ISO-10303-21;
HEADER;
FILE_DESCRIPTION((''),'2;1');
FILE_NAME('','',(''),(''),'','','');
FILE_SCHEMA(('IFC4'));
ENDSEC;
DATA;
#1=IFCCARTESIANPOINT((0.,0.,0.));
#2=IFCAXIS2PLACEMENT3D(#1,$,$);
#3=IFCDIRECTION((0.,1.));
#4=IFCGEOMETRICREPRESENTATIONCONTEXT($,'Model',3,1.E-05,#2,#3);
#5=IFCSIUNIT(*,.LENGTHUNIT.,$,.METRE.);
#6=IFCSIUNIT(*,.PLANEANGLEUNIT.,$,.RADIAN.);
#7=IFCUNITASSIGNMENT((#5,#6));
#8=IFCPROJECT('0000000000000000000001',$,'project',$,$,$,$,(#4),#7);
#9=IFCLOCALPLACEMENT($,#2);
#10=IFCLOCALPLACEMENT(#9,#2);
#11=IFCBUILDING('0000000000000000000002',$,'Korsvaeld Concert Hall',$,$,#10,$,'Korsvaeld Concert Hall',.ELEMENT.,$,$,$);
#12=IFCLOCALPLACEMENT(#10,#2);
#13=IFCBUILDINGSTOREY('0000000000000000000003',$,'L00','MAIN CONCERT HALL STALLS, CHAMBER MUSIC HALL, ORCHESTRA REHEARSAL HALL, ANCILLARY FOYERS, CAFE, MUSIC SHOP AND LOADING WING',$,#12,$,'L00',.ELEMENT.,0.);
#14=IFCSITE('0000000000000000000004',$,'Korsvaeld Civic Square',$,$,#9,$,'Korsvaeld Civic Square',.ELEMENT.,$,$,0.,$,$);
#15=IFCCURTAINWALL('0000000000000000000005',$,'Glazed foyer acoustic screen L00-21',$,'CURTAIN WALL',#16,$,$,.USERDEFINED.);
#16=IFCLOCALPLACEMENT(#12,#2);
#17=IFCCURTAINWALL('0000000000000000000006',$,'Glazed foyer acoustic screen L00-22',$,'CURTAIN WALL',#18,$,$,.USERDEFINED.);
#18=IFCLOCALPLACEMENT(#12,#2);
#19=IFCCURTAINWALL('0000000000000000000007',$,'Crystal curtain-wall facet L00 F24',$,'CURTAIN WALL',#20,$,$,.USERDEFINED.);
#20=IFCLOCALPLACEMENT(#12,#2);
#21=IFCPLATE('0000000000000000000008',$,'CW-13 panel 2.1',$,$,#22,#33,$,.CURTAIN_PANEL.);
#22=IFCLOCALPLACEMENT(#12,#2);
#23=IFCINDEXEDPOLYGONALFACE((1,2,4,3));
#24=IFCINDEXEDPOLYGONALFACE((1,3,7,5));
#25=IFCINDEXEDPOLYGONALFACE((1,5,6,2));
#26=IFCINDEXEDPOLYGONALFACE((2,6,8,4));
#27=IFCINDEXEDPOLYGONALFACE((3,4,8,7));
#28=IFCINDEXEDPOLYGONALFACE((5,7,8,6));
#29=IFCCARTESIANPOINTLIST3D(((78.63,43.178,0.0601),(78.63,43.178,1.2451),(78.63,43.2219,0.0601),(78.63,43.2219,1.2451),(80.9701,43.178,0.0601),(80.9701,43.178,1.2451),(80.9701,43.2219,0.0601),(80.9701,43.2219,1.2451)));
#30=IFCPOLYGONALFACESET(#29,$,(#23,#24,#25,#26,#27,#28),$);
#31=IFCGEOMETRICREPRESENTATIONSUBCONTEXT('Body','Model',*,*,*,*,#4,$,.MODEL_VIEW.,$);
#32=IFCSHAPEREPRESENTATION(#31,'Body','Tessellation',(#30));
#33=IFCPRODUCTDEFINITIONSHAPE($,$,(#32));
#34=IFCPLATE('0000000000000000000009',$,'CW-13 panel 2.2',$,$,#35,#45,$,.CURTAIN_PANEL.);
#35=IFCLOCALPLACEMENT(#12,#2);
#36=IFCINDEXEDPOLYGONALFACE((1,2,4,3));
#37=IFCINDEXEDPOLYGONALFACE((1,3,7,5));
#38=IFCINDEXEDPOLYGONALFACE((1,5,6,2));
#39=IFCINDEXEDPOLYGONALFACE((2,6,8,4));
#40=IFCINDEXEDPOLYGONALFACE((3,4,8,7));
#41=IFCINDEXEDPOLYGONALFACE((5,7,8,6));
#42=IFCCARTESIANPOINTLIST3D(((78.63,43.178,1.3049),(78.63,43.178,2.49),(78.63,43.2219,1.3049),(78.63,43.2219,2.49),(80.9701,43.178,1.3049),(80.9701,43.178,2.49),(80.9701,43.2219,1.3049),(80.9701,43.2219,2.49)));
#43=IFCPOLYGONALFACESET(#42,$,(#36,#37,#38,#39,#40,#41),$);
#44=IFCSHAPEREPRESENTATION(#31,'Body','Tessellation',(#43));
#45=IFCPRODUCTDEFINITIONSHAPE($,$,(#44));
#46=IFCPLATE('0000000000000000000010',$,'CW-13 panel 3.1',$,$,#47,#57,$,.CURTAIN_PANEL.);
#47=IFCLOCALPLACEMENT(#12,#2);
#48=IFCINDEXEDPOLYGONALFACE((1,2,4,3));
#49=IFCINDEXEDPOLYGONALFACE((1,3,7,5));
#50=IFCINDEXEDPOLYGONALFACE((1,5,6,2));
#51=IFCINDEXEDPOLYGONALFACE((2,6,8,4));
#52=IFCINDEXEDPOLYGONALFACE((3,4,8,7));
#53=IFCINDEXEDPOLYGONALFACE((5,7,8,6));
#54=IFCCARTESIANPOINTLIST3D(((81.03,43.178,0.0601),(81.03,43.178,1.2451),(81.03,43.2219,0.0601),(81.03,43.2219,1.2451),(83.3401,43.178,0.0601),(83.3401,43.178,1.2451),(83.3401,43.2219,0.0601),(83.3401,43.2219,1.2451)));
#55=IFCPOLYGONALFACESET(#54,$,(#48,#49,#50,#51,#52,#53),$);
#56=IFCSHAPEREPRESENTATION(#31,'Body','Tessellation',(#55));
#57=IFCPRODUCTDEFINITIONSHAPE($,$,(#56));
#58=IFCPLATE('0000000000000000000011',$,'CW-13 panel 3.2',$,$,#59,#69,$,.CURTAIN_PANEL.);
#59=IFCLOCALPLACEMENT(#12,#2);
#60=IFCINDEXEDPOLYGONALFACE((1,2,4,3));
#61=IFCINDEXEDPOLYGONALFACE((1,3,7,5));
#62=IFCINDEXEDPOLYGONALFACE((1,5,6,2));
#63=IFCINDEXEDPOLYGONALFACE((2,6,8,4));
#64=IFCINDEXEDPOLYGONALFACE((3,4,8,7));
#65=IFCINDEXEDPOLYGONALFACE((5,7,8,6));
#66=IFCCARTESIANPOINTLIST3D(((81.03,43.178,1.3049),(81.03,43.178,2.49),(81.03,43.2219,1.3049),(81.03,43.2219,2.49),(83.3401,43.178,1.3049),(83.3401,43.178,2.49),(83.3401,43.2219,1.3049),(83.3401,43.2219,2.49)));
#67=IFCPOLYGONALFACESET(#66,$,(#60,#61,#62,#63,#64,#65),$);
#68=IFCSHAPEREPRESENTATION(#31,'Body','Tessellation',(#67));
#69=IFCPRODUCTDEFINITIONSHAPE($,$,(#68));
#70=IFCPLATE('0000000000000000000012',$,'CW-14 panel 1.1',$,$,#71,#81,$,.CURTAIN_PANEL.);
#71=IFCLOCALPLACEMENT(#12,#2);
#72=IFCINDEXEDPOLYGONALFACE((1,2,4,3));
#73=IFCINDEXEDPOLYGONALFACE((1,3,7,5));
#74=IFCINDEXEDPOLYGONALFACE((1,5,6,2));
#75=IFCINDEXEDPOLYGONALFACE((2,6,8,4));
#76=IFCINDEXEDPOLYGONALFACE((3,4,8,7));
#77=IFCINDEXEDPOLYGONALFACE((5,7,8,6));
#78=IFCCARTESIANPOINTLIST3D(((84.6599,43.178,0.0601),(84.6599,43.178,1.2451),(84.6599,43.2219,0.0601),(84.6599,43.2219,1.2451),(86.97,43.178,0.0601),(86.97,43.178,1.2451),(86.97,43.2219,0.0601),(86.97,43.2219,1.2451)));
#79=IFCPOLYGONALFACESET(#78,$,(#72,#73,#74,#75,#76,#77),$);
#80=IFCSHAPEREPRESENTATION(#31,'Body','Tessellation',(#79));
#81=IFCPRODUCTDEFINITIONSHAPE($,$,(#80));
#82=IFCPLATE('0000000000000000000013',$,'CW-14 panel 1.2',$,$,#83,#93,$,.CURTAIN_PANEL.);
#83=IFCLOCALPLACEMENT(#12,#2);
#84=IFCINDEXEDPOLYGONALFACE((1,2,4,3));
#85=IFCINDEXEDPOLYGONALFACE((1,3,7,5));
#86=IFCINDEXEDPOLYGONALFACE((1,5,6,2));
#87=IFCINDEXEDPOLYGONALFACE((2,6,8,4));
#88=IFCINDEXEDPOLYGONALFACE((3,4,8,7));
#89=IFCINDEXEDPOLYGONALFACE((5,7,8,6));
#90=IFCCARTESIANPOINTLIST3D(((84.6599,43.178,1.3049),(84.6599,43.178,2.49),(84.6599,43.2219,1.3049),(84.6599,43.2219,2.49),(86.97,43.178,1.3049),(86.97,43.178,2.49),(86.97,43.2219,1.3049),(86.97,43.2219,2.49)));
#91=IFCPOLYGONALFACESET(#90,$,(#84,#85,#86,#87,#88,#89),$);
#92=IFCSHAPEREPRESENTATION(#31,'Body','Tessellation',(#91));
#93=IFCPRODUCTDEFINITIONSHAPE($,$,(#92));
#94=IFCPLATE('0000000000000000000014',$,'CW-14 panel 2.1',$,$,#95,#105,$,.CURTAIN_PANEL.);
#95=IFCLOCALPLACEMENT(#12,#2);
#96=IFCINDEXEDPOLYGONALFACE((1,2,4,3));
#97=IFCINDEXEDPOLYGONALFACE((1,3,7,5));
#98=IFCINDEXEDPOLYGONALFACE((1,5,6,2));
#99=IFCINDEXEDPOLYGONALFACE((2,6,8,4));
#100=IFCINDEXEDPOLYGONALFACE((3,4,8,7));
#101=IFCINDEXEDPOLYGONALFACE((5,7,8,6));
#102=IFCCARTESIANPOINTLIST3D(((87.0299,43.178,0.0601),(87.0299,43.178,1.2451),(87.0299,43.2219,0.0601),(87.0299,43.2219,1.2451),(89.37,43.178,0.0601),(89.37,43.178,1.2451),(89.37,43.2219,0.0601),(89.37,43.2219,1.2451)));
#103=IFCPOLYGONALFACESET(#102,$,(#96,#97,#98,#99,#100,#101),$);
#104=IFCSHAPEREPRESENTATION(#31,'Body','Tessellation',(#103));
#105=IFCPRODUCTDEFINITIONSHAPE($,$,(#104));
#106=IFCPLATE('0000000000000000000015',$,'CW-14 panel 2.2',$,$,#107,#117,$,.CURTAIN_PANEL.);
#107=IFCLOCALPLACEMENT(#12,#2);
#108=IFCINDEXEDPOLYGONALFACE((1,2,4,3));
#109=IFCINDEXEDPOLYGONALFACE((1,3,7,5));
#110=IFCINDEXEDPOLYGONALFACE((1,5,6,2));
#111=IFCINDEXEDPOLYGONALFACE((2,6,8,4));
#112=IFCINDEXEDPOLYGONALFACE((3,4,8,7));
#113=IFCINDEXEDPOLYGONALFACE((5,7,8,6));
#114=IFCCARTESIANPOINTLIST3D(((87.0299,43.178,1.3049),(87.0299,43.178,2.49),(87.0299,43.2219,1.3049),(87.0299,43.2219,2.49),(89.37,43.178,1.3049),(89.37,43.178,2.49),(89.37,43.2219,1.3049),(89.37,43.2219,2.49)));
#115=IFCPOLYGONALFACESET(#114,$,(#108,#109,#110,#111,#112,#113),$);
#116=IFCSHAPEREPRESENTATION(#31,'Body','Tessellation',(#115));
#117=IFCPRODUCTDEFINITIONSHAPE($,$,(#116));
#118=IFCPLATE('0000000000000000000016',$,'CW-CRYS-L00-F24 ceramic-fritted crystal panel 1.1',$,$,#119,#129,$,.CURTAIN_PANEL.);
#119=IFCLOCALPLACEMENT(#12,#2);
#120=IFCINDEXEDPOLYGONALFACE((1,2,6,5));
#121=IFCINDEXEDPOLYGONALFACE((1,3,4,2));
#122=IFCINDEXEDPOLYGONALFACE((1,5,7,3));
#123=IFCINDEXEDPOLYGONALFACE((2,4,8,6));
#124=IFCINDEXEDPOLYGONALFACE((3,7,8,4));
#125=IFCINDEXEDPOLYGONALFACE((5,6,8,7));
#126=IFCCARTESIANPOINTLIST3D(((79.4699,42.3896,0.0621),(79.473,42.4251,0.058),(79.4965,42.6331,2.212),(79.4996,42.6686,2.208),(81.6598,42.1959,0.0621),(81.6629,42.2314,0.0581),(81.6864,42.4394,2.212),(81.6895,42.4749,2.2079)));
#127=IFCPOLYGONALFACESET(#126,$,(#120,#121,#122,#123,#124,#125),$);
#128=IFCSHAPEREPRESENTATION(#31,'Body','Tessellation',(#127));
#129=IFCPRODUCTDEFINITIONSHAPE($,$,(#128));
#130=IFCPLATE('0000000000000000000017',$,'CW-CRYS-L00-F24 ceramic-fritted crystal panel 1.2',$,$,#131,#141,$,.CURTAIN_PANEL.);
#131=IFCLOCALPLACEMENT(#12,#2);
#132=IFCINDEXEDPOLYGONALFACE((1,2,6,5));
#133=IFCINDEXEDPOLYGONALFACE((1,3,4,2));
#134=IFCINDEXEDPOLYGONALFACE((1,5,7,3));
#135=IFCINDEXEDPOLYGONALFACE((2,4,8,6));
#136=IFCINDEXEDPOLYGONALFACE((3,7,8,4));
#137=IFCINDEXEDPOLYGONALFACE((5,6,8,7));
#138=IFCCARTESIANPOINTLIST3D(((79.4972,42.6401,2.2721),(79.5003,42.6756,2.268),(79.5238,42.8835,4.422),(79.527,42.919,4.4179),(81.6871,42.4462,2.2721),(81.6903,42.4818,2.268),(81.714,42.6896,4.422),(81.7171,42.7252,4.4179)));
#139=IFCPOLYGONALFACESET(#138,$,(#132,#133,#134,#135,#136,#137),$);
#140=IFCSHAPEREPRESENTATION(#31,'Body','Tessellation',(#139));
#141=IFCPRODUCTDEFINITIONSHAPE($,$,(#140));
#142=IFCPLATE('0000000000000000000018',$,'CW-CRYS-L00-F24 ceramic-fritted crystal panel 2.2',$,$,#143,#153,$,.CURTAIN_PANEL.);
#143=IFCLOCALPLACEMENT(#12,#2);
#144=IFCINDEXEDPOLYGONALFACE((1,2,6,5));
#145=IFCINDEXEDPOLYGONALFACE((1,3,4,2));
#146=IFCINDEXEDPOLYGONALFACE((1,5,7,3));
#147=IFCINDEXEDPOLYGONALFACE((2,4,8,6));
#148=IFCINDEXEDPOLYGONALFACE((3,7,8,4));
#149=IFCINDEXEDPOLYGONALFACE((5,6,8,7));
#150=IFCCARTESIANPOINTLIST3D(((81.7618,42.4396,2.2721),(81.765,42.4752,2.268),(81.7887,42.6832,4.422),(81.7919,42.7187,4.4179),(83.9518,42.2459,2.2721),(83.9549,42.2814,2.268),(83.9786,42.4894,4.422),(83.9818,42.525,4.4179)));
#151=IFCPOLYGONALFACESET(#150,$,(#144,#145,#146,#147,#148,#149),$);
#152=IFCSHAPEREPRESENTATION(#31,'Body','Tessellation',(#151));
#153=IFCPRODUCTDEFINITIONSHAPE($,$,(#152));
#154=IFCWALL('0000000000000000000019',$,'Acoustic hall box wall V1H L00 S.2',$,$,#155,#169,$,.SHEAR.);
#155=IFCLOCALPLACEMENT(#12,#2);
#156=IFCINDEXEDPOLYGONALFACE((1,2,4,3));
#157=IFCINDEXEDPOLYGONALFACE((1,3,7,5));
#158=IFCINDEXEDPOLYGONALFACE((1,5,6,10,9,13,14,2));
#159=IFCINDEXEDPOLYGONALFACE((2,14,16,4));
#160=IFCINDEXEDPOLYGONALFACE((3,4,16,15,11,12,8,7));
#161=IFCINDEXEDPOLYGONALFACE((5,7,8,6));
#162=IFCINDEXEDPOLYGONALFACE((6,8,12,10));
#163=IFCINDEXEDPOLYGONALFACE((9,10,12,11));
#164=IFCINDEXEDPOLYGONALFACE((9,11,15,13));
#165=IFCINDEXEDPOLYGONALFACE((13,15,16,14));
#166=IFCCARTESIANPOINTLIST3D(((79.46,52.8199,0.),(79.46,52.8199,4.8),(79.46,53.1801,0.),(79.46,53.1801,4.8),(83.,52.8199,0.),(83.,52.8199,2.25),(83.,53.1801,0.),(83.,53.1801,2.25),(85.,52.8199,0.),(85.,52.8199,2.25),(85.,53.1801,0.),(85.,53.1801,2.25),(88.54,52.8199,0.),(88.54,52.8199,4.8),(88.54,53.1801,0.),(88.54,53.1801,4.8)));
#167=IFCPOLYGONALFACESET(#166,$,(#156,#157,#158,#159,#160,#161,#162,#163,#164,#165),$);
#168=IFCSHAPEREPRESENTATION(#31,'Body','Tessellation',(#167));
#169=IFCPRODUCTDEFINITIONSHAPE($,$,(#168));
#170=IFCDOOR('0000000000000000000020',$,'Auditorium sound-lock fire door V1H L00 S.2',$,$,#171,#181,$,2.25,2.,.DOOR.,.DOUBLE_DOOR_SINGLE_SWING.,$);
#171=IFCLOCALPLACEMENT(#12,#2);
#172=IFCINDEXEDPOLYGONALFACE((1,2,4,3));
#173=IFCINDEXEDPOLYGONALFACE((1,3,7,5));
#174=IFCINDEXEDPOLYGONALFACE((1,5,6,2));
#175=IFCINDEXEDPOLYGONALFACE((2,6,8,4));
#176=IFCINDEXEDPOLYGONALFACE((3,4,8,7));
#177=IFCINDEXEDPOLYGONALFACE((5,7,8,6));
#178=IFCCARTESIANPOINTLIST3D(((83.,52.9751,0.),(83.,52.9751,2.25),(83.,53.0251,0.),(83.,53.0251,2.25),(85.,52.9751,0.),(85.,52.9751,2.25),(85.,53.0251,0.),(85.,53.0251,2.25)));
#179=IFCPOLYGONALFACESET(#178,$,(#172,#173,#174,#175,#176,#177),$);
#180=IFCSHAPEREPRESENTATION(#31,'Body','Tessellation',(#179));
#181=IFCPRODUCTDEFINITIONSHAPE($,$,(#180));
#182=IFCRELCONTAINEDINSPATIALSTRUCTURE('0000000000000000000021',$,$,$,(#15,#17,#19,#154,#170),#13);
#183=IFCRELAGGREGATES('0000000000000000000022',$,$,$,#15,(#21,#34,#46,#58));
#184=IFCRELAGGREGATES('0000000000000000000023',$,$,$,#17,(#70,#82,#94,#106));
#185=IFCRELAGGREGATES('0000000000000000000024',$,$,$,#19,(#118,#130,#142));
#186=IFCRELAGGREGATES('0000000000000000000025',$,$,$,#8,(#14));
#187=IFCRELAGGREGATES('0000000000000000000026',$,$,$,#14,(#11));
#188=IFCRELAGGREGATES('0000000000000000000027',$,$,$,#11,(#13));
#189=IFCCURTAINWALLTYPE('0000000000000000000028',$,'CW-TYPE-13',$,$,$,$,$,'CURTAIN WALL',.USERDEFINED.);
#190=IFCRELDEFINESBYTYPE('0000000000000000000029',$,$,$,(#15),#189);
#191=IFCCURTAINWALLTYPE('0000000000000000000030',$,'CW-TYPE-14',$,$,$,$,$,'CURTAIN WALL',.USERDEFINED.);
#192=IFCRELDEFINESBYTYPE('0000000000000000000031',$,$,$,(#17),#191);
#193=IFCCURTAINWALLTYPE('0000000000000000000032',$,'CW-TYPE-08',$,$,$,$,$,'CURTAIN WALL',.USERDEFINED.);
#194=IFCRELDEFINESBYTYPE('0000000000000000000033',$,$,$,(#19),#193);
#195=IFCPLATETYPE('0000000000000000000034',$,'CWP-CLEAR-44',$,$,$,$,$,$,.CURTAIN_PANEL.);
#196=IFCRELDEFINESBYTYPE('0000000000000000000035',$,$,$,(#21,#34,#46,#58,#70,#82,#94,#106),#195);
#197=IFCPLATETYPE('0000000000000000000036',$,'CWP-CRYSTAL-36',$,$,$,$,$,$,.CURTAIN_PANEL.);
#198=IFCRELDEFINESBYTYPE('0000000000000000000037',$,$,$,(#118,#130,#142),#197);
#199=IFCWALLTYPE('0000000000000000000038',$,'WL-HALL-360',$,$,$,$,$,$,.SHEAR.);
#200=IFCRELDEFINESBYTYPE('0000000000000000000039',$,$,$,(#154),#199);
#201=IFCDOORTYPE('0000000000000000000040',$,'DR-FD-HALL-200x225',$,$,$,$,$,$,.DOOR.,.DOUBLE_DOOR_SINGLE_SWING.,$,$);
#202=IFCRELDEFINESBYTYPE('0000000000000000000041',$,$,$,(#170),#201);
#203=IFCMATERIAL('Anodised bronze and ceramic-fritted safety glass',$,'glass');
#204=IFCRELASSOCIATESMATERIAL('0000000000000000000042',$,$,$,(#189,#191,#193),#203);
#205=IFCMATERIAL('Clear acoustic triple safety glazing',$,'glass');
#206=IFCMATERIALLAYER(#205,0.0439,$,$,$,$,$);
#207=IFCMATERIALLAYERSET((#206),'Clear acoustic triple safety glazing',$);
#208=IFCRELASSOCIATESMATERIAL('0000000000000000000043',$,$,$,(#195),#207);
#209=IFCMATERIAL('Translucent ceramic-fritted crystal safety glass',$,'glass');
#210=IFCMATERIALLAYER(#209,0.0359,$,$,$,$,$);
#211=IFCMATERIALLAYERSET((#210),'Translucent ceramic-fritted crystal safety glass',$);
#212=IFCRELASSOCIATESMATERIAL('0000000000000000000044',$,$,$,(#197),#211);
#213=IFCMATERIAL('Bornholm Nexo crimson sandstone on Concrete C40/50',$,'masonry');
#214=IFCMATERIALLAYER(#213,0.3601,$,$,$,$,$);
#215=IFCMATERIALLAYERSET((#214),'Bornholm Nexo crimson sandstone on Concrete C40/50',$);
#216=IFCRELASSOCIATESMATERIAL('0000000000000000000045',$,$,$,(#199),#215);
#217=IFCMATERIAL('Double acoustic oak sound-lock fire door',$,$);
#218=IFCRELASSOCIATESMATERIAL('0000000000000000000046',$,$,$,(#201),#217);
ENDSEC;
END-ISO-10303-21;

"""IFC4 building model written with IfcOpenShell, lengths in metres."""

from ifc_helpers import new_model, si_unit, direction, frame, frame_2d, origin, origin_2d, place, context, subcontext, project, spatial, polyline, rectangle, outline, extrude, material, layer, layer_set, type_object, element, fill, aggregate, save


model = new_model("IFC4")

# Units and contexts
model_context = context("Model", 3, precision=1e-05, world=origin(), true_north=direction((0.0, 1.0)))
body_context = subcontext(model_context, "Body", "Model", "MODEL_VIEW")
ifc_project = project(units=[si_unit("LENGTHUNIT", "METRE"), si_unit("PLANEANGLEUNIT", "RADIAN")], contexts=[model_context])

# Site, building, storey
site_placement = place(None, origin())
site = spatial("IfcSite", under=ifc_project, at=site_placement, Name="Korsvaeld Civic Square", LongName="Korsvaeld Civic Square", CompositionType="ELEMENT", RefElevation=0.0)
building_placement = place(site_placement, origin())
building = spatial("IfcBuilding", under=site, at=building_placement, Name="Korsvaeld Concert Hall", LongName="Korsvaeld Concert Hall", CompositionType="ELEMENT")
storey_placement = place(building_placement, origin())
storey = spatial("IfcBuildingStorey", under=building, at=storey_placement, Name="L00", Description="MAIN CONCERT HALL STALLS, CHAMBER MUSIC HALL, ORCHESTRA REHEARSAL HALL, ANCILLARY FOYERS, CAFE, MUSIC SHOP AND LOADING WING", LongName="L00", CompositionType="ELEMENT", Elevation=0.0)

# Curtain walls
ifc_material_1 = material(Name="Anodised bronze and ceramic-fritted safety glass", Category="glass")
curtain_wall_type_1 = type_object("IfcCurtainWallType", Name="CW-TYPE-13", ElementType="CURTAIN WALL", PredefinedType="USERDEFINED", material=ifc_material_1)
curtain_wall_1_placement = place(storey_placement, origin())
curtain_wall_1 = element("IfcCurtainWall", 1, at=curtain_wall_1_placement, inside=storey, type_object=curtain_wall_type_1, Name="Glazed foyer acoustic screen L00-21", ObjectType="CURTAIN WALL", PredefinedType="USERDEFINED")
curtain_wall_type_2 = type_object("IfcCurtainWallType", Name="CW-TYPE-14", ElementType="CURTAIN WALL", PredefinedType="USERDEFINED", material=ifc_material_1)
curtain_wall_2_placement = place(storey_placement, origin())
curtain_wall_2 = element("IfcCurtainWall", 2, at=curtain_wall_2_placement, inside=storey, type_object=curtain_wall_type_2, Name="Glazed foyer acoustic screen L00-22", ObjectType="CURTAIN WALL", PredefinedType="USERDEFINED")

# Curtain wall
curtain_wall_type_3 = type_object("IfcCurtainWallType", Name="CW-TYPE-08", ElementType="CURTAIN WALL", PredefinedType="USERDEFINED", material=ifc_material_1)
curtain_wall_3_placement = place(storey_placement, origin())
curtain_wall_3 = element("IfcCurtainWall", 3, at=curtain_wall_3_placement, inside=storey, type_object=curtain_wall_type_3, Name="Crystal curtain-wall facet L00 F24", ObjectType="CURTAIN WALL", PredefinedType="USERDEFINED")

# Plates
ifc_material_2 = material(Name="Clear acoustic triple safety glazing", Category="glass")
ifc_layer_1 = layer(ifc_material_2, 0.0439)
ifc_layer_set_1 = layer_set([ifc_layer_1], Name="Clear acoustic triple safety glazing")
plate_type_1 = type_object("IfcPlateType", Name="CWP-CLEAR-44", PredefinedType="CURTAIN_PANEL", material=ifc_layer_set_1)
plate_1_placement = place(storey_placement, frame((79.8, 43.2, 0.0601), z_axis=(0.0, 0.0, 1.0), x_axis=(1.0, 0.0, 0.0)))
plate_1 = element("IfcPlate", 4, at=plate_1_placement, type_object=plate_type_1, Name="CW-13 panel 2.1", PredefinedType="CURTAIN_PANEL", context=body_context, shape_type="SweptSolid", body=[
    extrude(rectangle(XDim=2.3401, YDim=0.0439, at=origin_2d()), origin(), (0.0, 0.0, 1.0), 1.1851),
])
plate_2_placement = place(storey_placement, frame((79.8, 43.2, 1.3049), z_axis=(0.0, 0.0, 1.0), x_axis=(1.0, 0.0, 0.0)))
plate_2 = element("IfcPlate", 5, at=plate_2_placement, type_object=plate_type_1, Name="CW-13 panel 2.2", PredefinedType="CURTAIN_PANEL", context=body_context, shape_type="SweptSolid", body=[
    extrude(rectangle(XDim=2.3401, YDim=0.0439, at=origin_2d()), origin(), (0.0, 0.0, 1.0), 1.1851),
])
plate_3_placement = place(storey_placement, frame((82.1851, 43.2, 0.0601), z_axis=(0.0, 0.0, 1.0), x_axis=(1.0, 0.0, 0.0)))
plate_3 = element("IfcPlate", 6, at=plate_3_placement, type_object=plate_type_1, Name="CW-13 panel 3.1", PredefinedType="CURTAIN_PANEL", context=body_context, shape_type="SweptSolid", body=[
    extrude(rectangle(XDim=2.3101, YDim=0.0439, at=origin_2d()), origin(), (0.0, 0.0, 1.0), 1.1851),
])
plate_4_placement = place(storey_placement, frame((82.1851, 43.2, 1.3049), z_axis=(0.0, 0.0, 1.0), x_axis=(1.0, 0.0, 0.0)))
plate_4 = element("IfcPlate", 7, at=plate_4_placement, type_object=plate_type_1, Name="CW-13 panel 3.2", PredefinedType="CURTAIN_PANEL", context=body_context, shape_type="SweptSolid", body=[
    extrude(rectangle(XDim=2.3101, YDim=0.0439, at=origin_2d()), origin(), (0.0, 0.0, 1.0), 1.1851),
])
aggregate(curtain_wall_1, [plate_1, plate_2, plate_3, plate_4])
plate_5_placement = place(storey_placement, frame((85.8149, 43.2, 0.0601), z_axis=(0.0, 0.0, 1.0), x_axis=(1.0, 0.0, 0.0)))
plate_5 = element("IfcPlate", 8, at=plate_5_placement, type_object=plate_type_1, Name="CW-14 panel 1.1", PredefinedType="CURTAIN_PANEL", context=body_context, shape_type="SweptSolid", body=[
    extrude(rectangle(XDim=2.3101, YDim=0.0439, at=origin_2d()), origin(), (0.0, 0.0, 1.0), 1.1851),
])
plate_6_placement = place(storey_placement, frame((85.8149, 43.2, 1.3049), z_axis=(0.0, 0.0, 1.0), x_axis=(1.0, 0.0, 0.0)))
plate_6 = element("IfcPlate", 9, at=plate_6_placement, type_object=plate_type_1, Name="CW-14 panel 1.2", PredefinedType="CURTAIN_PANEL", context=body_context, shape_type="SweptSolid", body=[
    extrude(rectangle(XDim=2.3101, YDim=0.0439, at=origin_2d()), origin(), (0.0, 0.0, 1.0), 1.1851),
])
plate_7_placement = place(storey_placement, frame((88.2, 43.2, 0.0601), z_axis=(0.0, 0.0, 1.0), x_axis=(1.0, 0.0, 0.0)))
plate_7 = element("IfcPlate", 10, at=plate_7_placement, type_object=plate_type_1, Name="CW-14 panel 2.1", PredefinedType="CURTAIN_PANEL", context=body_context, shape_type="SweptSolid", body=[
    extrude(rectangle(XDim=2.3401, YDim=0.0439, at=origin_2d()), origin(), (0.0, 0.0, 1.0), 1.1851),
])
plate_8_placement = place(storey_placement, frame((88.2, 43.2, 1.3049), z_axis=(0.0, 0.0, 1.0), x_axis=(1.0, 0.0, 0.0)))
plate_8 = element("IfcPlate", 11, at=plate_8_placement, type_object=plate_type_1, Name="CW-14 panel 2.2", PredefinedType="CURTAIN_PANEL", context=body_context, shape_type="SweptSolid", body=[
    extrude(rectangle(XDim=2.3401, YDim=0.0439, at=origin_2d()), origin(), (0.0, 0.0, 1.0), 1.1851),
])
aggregate(curtain_wall_2, [plate_5, plate_6, plate_7, plate_8])
ifc_material_3 = material(Name="Translucent ceramic-fritted crystal safety glass", Category="glass")
ifc_layer_2 = layer(ifc_material_3, 0.0359)
ifc_layer_set_2 = layer_set([ifc_layer_2], Name="Translucent ceramic-fritted crystal safety glass")
plate_type_2 = type_object("IfcPlateType", Name="CWP-CRYSTAL-36", PredefinedType="CURTAIN_PANEL", material=ifc_layer_set_2)
plate_9_placement = place(storey_placement, frame((79.4714, 42.4075, 0.0601), z_axis=(-0.087551, -0.989708, 0.113193), x_axis=(0.99611, -0.088117, 0.000006)))
plate_9 = element("IfcPlate", 12, at=plate_9_placement, type_object=plate_type_2, Name="CW-CRYS-L00-F24 ceramic-fritted crystal panel 1.1", PredefinedType="CURTAIN_PANEL", context=body_context, shape_type="SweptSolid", body=[
    extrude(outline(polyline([(0.0, 0.0), (2.1985, 0.0), (2.2036, 2.1638), (0.0051, 2.1638), (0.0, 0.0)])), frame((0.0, 0.0, 0.0181)), (0.0, 0.0, -1.0), 0.0359),
])
plate_10_placement = place(storey_placement, frame((79.4988, 42.658, 2.27), z_axis=(-0.087602, -0.989709, 0.113142), x_axis=(0.996106, -0.088168, -0.000001)))
plate_10 = element("IfcPlate", 13, at=plate_10_placement, type_object=plate_type_2, Name="CW-CRYS-L00-F24 ceramic-fritted crystal panel 1.2", PredefinedType="CURTAIN_PANEL", context=body_context, shape_type="SweptSolid", body=[
    extrude(outline(polyline([(0.0, 0.0), (2.1985, 0.0), (2.2038, 2.1638), (0.005, 2.1638), (0.0, 0.0)])), frame((0.0, 0.0, 0.0181)), (0.0, 0.0, -1.0), 0.0359),
])
plate_11_placement = place(storey_placement, frame((81.7634, 42.4575, 2.27), z_axis=(-0.087551, -0.989707, 0.113203), x_axis=(0.99611, -0.088118, -0.000006)))
plate_11 = element("IfcPlate", 14, at=plate_11_placement, type_object=plate_type_2, Name="CW-CRYS-L00-F24 ceramic-fritted crystal panel 2.2", PredefinedType="CURTAIN_PANEL", context=body_context, shape_type="SweptSolid", body=[
    extrude(outline(polyline([(0.0, 0.0), (2.1985, 0.0), (2.2038, 2.1638), (0.0053, 2.1638), (0.0, 0.0)])), frame((0.0, 0.0, 0.0181)), (0.0, 0.0, -1.0), 0.0359),
])
aggregate(curtain_wall_3, [plate_9, plate_10, plate_11])

# Wall, opening, door
ifc_material_4 = material(Name="Bornholm Nexo crimson sandstone on Concrete C40/50", Category="masonry")
ifc_layer_3 = layer(ifc_material_4, 0.3601)
ifc_layer_set_3 = layer_set([ifc_layer_3], Name="Bornholm Nexo crimson sandstone on Concrete C40/50")
wall_type = type_object("IfcWallType", Name="WL-HALL-360", PredefinedType="SHEAR", material=ifc_layer_set_3)
wall_placement = place(storey_placement, frame((79.46, 53.0, 0.0), z_axis=(0.0, 0.0, 1.0), x_axis=(1.0, 0.0, 0.0)))
wall = element("IfcWall", 15, at=wall_placement, inside=storey, type_object=wall_type, Name="Acoustic hall box wall V1H L00 S.2", PredefinedType="SHEAR", context=body_context, shape_type="SweptSolid", body=[
    extrude(rectangle(XDim=9.0801, YDim=0.3601, at=frame_2d((4.54, 0.0))), origin(), (0.0, 0.0, 1.0), 4.8),
])
opening_placement = place(wall_placement, frame((3.54, 0.0, 0.0)))
opening = element("IfcOpeningElement", 16, at=opening_placement, cuts=wall, PredefinedType="OPENING", context=body_context, shape_type="SweptSolid", body=[
    extrude(rectangle(XDim=2.0, YDim=2.25, at=frame_2d((1.0, 1.125))), frame((0.0, 0.1899, 0.0), z_axis=(0.0, -1.0, 0.0), x_axis=(1.0, 0.0, 0.0)), (0.0, 0.0, 1.0), 0.3801),
])
ifc_material_5 = material(Name="Double acoustic oak sound-lock fire door")
door_type = type_object("IfcDoorType", Name="DR-FD-HALL-200x225", OperationType="DOUBLE_DOOR_SINGLE_SWING", PredefinedType="DOOR", material=ifc_material_5)
door_placement = place(opening_placement, frame((2.0, 0.0, 0.0), z_axis=(0.0, 0.0, 1.0), x_axis=(-1.0, 0.0, 0.0)))
door = element("IfcDoor", 17, at=door_placement, inside=storey, type_object=door_type, Name="Auditorium sound-lock fire door V1H L00 S.2", OperationType="DOUBLE_DOOR_SINGLE_SWING", OverallHeight=2.25, OverallWidth=2.0, PredefinedType="DOOR", context=body_context, shape_type="SweptSolid", body=[
    extrude(rectangle(XDim=2.0, YDim=2.25, at=frame_2d((1.0, 1.125))), frame((0.0, 0.0249, 0.0), z_axis=(0.0, -1.0, 0.0), x_axis=(1.0, 0.0, 0.0)), (0.0, 0.0, 1.0), 0.05),
])
fill(opening, door)

save(model, "model.ifc")
